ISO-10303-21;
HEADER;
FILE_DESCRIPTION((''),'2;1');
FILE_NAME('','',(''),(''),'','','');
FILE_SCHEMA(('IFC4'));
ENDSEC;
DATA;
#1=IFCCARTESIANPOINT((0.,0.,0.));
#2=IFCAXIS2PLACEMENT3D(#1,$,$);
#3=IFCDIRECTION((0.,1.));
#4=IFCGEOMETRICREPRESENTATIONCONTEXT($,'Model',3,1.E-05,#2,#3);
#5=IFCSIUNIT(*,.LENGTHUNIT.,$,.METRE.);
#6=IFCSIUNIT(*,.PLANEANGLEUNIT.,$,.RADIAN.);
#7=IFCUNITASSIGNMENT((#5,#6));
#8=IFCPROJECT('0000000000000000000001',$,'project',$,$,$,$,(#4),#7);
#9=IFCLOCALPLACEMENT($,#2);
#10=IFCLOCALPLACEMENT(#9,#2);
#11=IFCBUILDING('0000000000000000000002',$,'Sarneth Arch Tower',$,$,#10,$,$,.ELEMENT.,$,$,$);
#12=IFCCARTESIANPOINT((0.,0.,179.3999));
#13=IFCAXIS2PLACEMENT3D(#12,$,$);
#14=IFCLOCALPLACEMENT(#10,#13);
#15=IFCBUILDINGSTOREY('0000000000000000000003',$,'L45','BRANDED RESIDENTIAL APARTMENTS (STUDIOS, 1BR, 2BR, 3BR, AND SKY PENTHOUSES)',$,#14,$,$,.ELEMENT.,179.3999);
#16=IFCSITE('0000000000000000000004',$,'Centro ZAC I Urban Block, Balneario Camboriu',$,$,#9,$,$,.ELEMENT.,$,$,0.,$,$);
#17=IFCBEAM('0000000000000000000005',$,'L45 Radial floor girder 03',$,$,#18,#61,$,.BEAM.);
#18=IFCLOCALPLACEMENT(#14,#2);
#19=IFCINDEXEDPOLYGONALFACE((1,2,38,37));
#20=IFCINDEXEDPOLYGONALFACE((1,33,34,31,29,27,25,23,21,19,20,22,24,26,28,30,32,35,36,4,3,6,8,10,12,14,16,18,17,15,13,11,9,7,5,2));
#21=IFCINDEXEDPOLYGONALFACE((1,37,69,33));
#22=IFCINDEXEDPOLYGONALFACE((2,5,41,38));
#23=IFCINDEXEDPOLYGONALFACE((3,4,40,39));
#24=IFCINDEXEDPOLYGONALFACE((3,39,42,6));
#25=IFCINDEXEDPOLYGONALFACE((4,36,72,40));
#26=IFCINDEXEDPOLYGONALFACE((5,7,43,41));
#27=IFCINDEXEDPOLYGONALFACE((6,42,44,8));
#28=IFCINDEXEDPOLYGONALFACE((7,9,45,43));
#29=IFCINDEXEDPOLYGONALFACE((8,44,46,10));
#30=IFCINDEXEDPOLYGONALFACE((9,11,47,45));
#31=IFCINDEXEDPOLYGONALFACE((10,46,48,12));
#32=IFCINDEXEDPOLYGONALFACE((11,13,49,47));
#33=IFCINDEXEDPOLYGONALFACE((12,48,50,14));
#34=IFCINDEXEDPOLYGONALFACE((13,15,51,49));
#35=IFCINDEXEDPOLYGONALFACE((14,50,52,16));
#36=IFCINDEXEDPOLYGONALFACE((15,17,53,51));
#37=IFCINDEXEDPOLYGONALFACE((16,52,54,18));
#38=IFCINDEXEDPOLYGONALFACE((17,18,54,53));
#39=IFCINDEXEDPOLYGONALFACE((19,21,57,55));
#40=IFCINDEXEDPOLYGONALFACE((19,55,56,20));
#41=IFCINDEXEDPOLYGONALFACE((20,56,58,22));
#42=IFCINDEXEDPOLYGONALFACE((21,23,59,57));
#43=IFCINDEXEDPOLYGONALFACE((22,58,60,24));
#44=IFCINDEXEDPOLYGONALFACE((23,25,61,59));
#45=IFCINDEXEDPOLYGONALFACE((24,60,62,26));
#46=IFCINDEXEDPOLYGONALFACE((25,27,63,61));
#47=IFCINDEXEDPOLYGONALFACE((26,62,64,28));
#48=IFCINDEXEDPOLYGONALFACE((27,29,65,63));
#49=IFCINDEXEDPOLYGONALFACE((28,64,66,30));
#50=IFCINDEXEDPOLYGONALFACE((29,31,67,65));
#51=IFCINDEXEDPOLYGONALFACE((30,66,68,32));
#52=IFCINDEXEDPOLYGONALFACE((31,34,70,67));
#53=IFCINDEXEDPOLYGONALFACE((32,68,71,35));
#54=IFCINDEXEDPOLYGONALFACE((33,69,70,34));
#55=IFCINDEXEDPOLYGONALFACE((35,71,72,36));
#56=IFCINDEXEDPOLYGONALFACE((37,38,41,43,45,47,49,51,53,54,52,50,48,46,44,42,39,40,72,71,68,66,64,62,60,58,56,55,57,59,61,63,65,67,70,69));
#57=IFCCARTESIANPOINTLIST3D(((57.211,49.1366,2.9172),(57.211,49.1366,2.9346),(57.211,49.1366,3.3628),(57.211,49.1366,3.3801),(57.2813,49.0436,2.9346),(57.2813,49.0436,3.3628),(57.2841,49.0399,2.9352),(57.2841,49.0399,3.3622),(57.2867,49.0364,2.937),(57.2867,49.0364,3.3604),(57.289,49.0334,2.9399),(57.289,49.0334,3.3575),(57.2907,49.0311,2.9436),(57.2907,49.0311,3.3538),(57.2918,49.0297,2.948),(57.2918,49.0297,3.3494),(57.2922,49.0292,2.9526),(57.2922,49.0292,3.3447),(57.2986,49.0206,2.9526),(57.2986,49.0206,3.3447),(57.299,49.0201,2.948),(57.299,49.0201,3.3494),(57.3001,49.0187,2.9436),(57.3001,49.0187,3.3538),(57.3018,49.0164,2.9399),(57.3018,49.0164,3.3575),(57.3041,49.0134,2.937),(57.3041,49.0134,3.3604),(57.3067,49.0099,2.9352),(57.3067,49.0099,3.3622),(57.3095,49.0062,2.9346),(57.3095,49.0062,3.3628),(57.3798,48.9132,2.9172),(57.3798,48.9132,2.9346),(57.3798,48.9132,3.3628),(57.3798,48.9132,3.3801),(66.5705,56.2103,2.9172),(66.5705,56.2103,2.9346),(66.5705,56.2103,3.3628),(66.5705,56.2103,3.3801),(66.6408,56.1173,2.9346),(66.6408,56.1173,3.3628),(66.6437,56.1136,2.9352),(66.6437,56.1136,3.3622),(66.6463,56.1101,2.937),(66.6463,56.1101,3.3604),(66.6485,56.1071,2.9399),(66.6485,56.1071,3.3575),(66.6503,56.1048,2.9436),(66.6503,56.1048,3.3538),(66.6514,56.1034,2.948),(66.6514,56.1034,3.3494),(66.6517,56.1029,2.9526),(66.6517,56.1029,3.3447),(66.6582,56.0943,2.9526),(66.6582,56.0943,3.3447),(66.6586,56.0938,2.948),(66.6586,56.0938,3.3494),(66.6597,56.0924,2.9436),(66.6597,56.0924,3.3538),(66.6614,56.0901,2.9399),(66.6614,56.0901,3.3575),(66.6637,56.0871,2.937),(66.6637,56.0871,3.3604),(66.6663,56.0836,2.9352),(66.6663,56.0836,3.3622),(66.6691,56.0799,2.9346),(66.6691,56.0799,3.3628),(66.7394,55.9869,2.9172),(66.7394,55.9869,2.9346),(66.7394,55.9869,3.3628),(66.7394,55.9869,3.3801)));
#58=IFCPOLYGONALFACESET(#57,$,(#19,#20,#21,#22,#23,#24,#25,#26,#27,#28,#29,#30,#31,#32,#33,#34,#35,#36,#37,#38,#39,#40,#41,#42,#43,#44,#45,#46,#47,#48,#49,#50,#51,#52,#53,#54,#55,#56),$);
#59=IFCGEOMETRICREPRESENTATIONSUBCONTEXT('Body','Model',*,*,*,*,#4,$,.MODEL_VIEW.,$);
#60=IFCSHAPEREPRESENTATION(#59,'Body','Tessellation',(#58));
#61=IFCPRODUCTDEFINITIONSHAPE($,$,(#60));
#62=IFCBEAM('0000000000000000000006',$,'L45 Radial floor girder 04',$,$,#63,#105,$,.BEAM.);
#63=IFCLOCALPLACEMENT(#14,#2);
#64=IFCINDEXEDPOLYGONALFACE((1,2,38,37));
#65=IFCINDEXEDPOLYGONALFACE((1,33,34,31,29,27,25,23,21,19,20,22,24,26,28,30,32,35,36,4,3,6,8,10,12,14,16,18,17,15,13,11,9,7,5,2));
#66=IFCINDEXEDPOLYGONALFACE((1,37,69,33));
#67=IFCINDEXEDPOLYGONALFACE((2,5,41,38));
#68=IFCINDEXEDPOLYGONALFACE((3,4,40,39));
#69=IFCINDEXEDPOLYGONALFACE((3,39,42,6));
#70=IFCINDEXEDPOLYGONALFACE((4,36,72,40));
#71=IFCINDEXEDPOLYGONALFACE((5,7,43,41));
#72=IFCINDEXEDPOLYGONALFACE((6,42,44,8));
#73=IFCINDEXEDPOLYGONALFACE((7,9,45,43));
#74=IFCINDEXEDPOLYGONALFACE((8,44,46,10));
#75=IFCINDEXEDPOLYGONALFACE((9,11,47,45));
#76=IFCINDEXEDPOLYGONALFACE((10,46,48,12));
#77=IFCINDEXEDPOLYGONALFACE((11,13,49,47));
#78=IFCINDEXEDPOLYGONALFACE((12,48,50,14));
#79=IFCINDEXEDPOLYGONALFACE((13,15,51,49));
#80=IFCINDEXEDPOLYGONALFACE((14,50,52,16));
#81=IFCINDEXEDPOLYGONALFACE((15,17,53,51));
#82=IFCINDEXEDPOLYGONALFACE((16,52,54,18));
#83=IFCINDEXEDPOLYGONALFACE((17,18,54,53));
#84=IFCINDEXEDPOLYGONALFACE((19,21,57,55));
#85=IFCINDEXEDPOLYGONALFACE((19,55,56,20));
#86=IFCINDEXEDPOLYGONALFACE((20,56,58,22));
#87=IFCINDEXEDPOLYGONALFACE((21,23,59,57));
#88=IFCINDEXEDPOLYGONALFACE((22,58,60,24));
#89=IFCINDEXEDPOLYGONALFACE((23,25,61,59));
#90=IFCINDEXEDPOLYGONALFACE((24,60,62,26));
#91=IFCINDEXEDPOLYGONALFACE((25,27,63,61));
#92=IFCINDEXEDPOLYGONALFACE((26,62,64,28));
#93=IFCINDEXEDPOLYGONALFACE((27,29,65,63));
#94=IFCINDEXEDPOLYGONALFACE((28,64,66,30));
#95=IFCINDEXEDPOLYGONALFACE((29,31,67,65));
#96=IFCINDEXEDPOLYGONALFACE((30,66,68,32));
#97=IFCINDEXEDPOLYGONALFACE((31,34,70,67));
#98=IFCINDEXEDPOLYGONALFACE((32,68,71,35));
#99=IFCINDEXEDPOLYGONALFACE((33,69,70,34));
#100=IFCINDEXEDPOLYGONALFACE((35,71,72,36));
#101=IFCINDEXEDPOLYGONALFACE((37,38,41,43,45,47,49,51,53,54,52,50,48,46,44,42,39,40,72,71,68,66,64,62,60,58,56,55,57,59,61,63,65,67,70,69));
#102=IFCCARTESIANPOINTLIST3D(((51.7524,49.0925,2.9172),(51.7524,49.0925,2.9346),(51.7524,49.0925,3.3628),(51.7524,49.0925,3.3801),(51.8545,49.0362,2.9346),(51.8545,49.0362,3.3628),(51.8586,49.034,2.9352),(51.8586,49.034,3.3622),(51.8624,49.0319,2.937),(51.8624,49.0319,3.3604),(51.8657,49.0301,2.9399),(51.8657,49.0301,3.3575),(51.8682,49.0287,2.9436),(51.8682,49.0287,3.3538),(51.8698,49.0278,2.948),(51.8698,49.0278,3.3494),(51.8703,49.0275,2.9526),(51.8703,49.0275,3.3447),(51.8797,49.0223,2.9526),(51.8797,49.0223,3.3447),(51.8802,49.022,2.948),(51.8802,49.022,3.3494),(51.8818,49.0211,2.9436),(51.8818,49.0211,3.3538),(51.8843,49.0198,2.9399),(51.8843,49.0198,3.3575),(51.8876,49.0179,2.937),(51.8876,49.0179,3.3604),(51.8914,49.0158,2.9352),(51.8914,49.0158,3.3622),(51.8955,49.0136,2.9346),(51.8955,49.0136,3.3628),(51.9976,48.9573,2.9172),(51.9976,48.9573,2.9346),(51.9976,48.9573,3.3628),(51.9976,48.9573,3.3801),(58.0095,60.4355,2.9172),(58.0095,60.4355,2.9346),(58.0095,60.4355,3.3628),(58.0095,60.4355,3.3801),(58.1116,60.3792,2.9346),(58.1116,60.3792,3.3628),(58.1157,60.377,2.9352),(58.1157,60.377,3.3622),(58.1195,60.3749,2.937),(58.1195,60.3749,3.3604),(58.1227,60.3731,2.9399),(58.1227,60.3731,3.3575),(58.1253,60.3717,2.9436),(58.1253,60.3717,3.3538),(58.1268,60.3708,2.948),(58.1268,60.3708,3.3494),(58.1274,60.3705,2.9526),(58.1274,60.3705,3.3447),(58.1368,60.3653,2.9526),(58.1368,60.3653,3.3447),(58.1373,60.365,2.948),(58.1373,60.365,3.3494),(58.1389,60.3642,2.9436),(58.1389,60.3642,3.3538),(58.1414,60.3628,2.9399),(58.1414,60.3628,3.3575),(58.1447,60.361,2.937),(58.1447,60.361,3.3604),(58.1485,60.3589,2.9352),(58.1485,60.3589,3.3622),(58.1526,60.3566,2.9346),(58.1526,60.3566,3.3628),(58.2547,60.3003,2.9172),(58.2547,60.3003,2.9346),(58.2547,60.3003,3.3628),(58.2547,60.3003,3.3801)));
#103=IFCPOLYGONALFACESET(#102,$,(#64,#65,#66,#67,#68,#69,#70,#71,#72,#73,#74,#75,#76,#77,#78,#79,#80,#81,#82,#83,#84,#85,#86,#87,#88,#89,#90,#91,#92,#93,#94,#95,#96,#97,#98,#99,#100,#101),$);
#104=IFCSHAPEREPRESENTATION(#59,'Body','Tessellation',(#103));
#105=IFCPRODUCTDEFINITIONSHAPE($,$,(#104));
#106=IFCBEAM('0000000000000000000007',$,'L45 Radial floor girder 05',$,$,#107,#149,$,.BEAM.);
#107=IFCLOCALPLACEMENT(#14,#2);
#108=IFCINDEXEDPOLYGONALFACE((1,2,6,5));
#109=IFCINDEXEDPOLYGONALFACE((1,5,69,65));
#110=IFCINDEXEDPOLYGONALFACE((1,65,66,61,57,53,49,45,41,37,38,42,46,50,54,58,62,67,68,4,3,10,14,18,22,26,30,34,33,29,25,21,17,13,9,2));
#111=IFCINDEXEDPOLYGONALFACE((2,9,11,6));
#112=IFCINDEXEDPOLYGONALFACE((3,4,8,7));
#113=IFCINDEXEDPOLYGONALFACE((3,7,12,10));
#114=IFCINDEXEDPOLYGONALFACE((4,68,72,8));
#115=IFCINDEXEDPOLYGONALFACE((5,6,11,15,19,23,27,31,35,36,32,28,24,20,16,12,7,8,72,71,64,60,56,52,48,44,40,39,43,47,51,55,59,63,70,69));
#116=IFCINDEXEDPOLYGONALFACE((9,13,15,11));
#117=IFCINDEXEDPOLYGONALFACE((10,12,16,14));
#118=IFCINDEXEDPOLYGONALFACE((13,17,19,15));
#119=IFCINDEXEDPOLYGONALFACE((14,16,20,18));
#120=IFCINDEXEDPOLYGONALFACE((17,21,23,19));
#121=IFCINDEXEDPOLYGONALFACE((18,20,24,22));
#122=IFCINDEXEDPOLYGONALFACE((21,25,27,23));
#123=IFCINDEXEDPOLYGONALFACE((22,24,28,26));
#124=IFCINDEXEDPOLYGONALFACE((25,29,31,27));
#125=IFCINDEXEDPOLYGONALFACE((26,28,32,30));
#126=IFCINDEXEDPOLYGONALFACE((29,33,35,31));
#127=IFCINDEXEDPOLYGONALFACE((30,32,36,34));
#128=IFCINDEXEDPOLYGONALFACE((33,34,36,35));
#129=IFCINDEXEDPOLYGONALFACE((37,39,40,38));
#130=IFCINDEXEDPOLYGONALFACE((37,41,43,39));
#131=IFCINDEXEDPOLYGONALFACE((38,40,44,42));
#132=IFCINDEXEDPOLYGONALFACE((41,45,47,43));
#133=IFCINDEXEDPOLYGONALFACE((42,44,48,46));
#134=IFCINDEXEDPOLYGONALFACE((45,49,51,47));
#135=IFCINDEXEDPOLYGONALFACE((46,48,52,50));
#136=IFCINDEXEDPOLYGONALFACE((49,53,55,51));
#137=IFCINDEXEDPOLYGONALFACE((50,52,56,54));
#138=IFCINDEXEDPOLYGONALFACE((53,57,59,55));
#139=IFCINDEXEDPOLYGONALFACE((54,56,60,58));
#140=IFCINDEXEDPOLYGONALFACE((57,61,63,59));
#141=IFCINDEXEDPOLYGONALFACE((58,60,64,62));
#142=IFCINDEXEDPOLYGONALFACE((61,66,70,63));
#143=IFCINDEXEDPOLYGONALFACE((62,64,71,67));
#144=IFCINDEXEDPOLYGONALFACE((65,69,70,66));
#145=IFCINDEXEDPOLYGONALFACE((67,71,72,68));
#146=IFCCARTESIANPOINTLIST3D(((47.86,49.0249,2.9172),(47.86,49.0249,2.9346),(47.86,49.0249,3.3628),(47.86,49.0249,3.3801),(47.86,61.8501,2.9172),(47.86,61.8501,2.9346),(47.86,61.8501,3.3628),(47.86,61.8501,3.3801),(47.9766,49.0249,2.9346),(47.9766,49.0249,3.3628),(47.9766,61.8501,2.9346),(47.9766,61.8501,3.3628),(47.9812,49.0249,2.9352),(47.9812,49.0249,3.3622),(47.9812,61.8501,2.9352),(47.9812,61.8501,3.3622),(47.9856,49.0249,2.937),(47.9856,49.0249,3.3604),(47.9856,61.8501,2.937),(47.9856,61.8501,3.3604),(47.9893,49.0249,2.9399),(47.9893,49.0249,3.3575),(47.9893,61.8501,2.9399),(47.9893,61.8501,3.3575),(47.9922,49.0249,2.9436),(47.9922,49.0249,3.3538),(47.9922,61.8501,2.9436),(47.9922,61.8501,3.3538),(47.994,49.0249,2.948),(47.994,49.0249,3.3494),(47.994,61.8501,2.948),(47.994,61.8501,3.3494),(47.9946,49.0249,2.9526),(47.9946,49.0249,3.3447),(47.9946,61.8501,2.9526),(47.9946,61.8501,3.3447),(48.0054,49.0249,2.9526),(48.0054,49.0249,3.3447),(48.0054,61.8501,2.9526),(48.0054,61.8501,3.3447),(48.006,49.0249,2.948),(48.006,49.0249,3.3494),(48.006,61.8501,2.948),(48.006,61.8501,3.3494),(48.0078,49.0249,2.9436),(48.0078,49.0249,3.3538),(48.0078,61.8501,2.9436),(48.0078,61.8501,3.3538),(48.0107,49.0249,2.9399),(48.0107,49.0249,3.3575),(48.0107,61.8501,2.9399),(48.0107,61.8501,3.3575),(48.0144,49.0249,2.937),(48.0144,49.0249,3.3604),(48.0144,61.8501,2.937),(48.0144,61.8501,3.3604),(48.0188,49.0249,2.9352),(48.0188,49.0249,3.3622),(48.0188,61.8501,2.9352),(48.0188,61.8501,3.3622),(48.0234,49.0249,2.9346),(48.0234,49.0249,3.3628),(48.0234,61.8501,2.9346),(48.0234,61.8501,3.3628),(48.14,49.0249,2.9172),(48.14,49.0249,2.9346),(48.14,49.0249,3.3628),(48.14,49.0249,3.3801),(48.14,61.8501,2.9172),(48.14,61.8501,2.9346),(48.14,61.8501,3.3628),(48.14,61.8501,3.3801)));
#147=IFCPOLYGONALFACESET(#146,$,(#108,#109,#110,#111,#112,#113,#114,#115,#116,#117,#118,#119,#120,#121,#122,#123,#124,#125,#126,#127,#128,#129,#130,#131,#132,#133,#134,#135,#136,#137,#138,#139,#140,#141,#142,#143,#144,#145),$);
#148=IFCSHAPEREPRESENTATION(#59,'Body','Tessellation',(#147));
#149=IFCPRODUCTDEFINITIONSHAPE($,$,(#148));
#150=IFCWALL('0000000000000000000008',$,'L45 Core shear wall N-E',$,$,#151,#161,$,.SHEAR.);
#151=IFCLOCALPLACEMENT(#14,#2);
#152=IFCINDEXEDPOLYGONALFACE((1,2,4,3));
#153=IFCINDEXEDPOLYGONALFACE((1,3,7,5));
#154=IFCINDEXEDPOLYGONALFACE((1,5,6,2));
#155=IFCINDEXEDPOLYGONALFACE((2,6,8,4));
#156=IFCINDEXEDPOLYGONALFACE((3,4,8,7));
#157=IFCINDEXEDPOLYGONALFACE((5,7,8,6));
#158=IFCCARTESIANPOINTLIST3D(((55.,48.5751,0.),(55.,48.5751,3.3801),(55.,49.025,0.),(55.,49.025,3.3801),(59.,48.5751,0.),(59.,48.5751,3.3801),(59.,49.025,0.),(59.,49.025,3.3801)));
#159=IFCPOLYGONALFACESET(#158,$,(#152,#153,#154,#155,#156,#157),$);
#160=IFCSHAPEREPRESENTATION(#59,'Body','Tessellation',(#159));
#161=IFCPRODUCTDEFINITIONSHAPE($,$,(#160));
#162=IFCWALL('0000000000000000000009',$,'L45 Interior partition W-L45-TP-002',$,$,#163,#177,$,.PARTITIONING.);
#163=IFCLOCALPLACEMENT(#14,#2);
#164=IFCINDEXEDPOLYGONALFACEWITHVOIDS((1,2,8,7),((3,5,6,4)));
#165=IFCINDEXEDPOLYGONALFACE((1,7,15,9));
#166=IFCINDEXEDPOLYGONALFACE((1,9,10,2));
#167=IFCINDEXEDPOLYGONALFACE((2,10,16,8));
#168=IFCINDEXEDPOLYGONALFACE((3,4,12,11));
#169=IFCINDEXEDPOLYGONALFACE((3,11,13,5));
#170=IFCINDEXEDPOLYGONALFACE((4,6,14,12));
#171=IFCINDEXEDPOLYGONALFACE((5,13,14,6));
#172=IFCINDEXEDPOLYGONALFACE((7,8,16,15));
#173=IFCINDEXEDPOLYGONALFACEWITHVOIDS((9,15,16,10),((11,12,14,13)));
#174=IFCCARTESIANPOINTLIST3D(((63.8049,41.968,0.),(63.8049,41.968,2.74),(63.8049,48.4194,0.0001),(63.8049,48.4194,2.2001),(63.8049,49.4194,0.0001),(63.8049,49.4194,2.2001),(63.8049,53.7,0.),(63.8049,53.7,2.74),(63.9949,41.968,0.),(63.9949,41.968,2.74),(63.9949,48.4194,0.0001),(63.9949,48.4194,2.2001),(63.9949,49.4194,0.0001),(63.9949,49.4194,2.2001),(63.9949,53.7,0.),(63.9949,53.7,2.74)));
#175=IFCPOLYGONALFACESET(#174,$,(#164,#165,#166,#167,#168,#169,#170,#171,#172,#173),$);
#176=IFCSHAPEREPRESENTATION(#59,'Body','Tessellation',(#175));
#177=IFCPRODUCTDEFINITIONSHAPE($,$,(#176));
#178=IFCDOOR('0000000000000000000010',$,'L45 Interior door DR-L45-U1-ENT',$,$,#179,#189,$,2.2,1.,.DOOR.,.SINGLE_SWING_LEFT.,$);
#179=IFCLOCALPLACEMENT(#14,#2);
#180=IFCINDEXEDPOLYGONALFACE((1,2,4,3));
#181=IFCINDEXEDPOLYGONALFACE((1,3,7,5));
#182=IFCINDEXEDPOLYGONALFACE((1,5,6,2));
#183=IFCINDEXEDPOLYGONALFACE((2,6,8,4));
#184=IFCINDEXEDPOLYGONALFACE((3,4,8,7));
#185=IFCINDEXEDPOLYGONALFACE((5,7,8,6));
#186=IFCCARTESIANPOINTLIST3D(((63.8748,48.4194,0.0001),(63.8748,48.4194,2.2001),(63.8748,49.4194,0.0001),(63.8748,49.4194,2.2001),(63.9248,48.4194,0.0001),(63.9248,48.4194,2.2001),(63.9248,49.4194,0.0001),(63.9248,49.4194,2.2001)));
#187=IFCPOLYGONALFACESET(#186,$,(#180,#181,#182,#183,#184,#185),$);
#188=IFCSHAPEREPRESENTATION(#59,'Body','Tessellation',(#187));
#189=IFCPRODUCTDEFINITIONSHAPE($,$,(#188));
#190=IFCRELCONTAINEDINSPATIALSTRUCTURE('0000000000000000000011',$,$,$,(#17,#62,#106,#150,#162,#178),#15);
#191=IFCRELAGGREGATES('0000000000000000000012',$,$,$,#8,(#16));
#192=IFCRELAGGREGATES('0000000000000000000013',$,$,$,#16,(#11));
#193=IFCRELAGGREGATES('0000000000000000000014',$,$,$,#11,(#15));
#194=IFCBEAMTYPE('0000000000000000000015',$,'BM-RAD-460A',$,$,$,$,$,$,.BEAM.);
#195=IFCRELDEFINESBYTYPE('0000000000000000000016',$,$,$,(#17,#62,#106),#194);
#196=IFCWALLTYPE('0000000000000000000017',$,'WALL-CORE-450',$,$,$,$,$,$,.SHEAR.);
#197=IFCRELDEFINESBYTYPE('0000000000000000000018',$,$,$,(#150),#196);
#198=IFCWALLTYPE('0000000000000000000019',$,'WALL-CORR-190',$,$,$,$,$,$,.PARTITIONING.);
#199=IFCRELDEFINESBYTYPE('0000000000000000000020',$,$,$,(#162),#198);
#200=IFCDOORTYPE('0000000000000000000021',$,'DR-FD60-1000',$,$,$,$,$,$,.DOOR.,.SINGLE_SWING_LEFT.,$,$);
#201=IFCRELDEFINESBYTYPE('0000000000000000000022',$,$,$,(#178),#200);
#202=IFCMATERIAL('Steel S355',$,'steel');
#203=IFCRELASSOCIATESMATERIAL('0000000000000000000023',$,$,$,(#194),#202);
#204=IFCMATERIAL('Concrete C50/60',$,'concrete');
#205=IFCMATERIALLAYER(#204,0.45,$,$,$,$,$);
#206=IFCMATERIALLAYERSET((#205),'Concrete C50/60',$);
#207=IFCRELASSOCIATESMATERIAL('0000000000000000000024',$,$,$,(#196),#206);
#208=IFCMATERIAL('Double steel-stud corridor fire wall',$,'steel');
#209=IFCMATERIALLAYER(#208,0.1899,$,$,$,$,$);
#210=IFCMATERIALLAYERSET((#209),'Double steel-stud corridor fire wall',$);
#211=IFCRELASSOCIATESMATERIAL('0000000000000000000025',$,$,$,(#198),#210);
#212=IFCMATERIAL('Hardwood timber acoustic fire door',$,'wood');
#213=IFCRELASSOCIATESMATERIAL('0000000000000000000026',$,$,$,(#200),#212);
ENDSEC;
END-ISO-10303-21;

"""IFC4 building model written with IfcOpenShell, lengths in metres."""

from ifc_helpers import new_model, si_unit, direction, frame, frame_2d, origin, origin_2d, place, context, subcontext, project, spatial, rectangle, i_section, extrude, material, layer, layer_set, material_profile, profile_set, type_object, element, fill, save


model = new_model("IFC4")

# Units and contexts
model_context = context("Model", 3, precision=1e-05, world=origin(), true_north=direction((0.0, 1.0)))
body_context = subcontext(model_context, "Body", "Model", "MODEL_VIEW")
ifc_project = project(units=[si_unit("LENGTHUNIT", "METRE"), si_unit("PLANEANGLEUNIT", "RADIAN")], contexts=[model_context])

# Site, building, storey
site_placement = place(None, origin())
site = spatial("IfcSite", under=ifc_project, at=site_placement, Name="Centro ZAC I Urban Block, Balneario Camboriu", CompositionType="ELEMENT", RefElevation=0.0)
building_placement = place(site_placement, origin())
building = spatial("IfcBuilding", under=site, at=building_placement, Name="Sarneth Arch Tower", CompositionType="ELEMENT")
storey_placement = place(building_placement, frame((0.0, 0.0, 179.3999)))
storey = spatial("IfcBuildingStorey", under=building, at=storey_placement, Name="L45", Description="BRANDED RESIDENTIAL APARTMENTS (STUDIOS, 1BR, 2BR, 3BR, AND SKY PENTHOUSES)", CompositionType="ELEMENT", Elevation=179.3999)

# Beams
ifc_material_1 = material(Name="Steel S355", Category="steel")
ifc_material_profile_1 = material_profile(ifc_material_1, i_section(OverallWidth=0.28, OverallDepth=0.4629, WebThickness=0.0107, FlangeThickness=0.0173, FilletRadius=0.0181, at=origin_2d()), Name="W460x113")
ifc_profile_set_1 = profile_set([ifc_material_profile_1], Name="Steel S355")
beam_type_1 = type_object("IfcBeamType", Name="BM-RAD-460A", PredefinedType="BEAM", material=ifc_profile_set_1)
beam_1_placement = place(storey_placement, frame((57.2954, 49.0249, 3.1487), z_axis=(0.797785, 0.602943, 0.0), x_axis=(-0.602943, 0.797785, 0.0)))
element("IfcBeam", 1, at=beam_1_placement, inside=storey, type_object=beam_type_1, Name="L45 Radial floor girder 03", PredefinedType="BEAM", context=body_context, shape_type="SweptSolid", body=[
    extrude(i_section(OverallWidth=0.28, OverallDepth=0.4629, WebThickness=0.0107, FlangeThickness=0.0173, FilletRadius=0.0181, at=origin_2d()), origin(), (0.0, 0.0, 1.0), 11.7319),
])
beam_2_placement = place(storey_placement, frame((51.875, 49.0249, 3.1487), z_axis=(0.48301, 0.875615, 0.0), x_axis=(-0.875615, 0.48301, 0.0)))
element("IfcBeam", 2, at=beam_2_placement, inside=storey, type_object=beam_type_1, Name="L45 Radial floor girder 04", PredefinedType="BEAM", context=body_context, shape_type="SweptSolid", body=[
    extrude(i_section(OverallWidth=0.28, OverallDepth=0.4629, WebThickness=0.0107, FlangeThickness=0.0173, FilletRadius=0.0181, at=origin_2d()), origin(), (0.0, 0.0, 1.0), 12.9543),
])
beam_3_placement = place(storey_placement, frame((48.0, 49.0249, 3.1487), z_axis=(0.0, 1.0, 0.0), x_axis=(-1.0, 0.0, 0.0)))
element("IfcBeam", 3, at=beam_3_placement, inside=storey, type_object=beam_type_1, Name="L45 Radial floor girder 05", PredefinedType="BEAM", context=body_context, shape_type="SweptSolid", body=[
    extrude(i_section(OverallWidth=0.28, OverallDepth=0.4629, WebThickness=0.0107, FlangeThickness=0.0173, FilletRadius=0.0181, at=origin_2d()), origin(), (0.0, 0.0, 1.0), 12.8252),
])

# Wall
ifc_material_2 = material(Name="Concrete C50/60", Category="concrete")
ifc_layer_1 = layer(ifc_material_2, 0.45)
ifc_layer_set_1 = layer_set([ifc_layer_1], Name="Concrete C50/60")
wall_type_1 = type_object("IfcWallType", Name="WALL-CORE-450", PredefinedType="SHEAR", material=ifc_layer_set_1)
wall_1_placement = place(storey_placement, frame((55.0, 48.8, 0.0), z_axis=(0.0, 0.0, 1.0), x_axis=(1.0, 0.0, 0.0)))
element("IfcWall", 4, at=wall_1_placement, inside=storey, type_object=wall_type_1, Name="L45 Core shear wall N-E", PredefinedType="SHEAR", context=body_context, shape_type="SweptSolid", body=[
    extrude(rectangle(XDim=4.0, YDim=0.45, at=frame_2d((2.0, 0.0))), origin(), (0.0, 0.0, 1.0), 3.3801),
])

# Wall, opening, door
ifc_material_3 = material(Name="Double steel-stud corridor fire wall", Category="steel")
ifc_layer_2 = layer(ifc_material_3, 0.1899)
ifc_layer_set_2 = layer_set([ifc_layer_2], Name="Double steel-stud corridor fire wall")
wall_type_2 = type_object("IfcWallType", Name="WALL-CORR-190", PredefinedType="PARTITIONING", material=ifc_layer_set_2)
wall_2_placement = place(storey_placement, frame((63.8999, 53.7, 0.0), z_axis=(0.0, 0.0, 1.0), x_axis=(0.0, -1.0, 0.0)))
wall_2 = element("IfcWall", 5, at=wall_2_placement, inside=storey, type_object=wall_type_2, Name="L45 Interior partition W-L45-TP-002", PredefinedType="PARTITIONING", context=body_context, shape_type="SweptSolid", body=[
    extrude(rectangle(XDim=11.7319, YDim=0.1899, at=frame_2d((5.866, 0.0))), origin(), (0.0, 0.0, 1.0), 2.74),
])
opening_1_placement = place(wall_2_placement, frame((4.2805, 0.0, 0.0)))
opening_1 = element("IfcOpeningElement", 6, at=opening_1_placement, cuts=wall_2, PredefinedType="OPENING", context=body_context, shape_type="SweptSolid", body=[
    extrude(rectangle(XDim=1.0, YDim=2.2, at=frame_2d((0.5, 1.1001))), frame((0.0, 0.105, 0.0), z_axis=(0.0, -1.0, 0.0), x_axis=(1.0, 0.0, 0.0)), (0.0, 0.0, 1.0), 0.21),
])
ifc_material_4 = material(Name="Hardwood timber acoustic fire door", Category="wood")
door_type_1 = type_object("IfcDoorType", Name="DR-FD60-1000", OperationType="SINGLE_SWING_LEFT", PredefinedType="DOOR", material=ifc_material_4)
door_1_placement = place(opening_1_placement, origin())
door_1 = element("IfcDoor", 7, at=door_1_placement, inside=storey, type_object=door_type_1, Name="L45 Interior door DR-L45-U1-ENT", OperationType="SINGLE_SWING_LEFT", OverallHeight=2.2, OverallWidth=1.0, PredefinedType="DOOR", context=body_context, shape_type="SweptSolid", body=[
    extrude(rectangle(XDim=1.0, YDim=2.2, at=frame_2d((0.5, 1.1001))), frame((0.0, 0.0249, 0.0), z_axis=(0.0, -1.0, 0.0), x_axis=(1.0, 0.0, 0.0)), (0.0, 0.0, 1.0), 0.05),
])
fill(opening_1, door_1)

save(model, "model.ifc")
